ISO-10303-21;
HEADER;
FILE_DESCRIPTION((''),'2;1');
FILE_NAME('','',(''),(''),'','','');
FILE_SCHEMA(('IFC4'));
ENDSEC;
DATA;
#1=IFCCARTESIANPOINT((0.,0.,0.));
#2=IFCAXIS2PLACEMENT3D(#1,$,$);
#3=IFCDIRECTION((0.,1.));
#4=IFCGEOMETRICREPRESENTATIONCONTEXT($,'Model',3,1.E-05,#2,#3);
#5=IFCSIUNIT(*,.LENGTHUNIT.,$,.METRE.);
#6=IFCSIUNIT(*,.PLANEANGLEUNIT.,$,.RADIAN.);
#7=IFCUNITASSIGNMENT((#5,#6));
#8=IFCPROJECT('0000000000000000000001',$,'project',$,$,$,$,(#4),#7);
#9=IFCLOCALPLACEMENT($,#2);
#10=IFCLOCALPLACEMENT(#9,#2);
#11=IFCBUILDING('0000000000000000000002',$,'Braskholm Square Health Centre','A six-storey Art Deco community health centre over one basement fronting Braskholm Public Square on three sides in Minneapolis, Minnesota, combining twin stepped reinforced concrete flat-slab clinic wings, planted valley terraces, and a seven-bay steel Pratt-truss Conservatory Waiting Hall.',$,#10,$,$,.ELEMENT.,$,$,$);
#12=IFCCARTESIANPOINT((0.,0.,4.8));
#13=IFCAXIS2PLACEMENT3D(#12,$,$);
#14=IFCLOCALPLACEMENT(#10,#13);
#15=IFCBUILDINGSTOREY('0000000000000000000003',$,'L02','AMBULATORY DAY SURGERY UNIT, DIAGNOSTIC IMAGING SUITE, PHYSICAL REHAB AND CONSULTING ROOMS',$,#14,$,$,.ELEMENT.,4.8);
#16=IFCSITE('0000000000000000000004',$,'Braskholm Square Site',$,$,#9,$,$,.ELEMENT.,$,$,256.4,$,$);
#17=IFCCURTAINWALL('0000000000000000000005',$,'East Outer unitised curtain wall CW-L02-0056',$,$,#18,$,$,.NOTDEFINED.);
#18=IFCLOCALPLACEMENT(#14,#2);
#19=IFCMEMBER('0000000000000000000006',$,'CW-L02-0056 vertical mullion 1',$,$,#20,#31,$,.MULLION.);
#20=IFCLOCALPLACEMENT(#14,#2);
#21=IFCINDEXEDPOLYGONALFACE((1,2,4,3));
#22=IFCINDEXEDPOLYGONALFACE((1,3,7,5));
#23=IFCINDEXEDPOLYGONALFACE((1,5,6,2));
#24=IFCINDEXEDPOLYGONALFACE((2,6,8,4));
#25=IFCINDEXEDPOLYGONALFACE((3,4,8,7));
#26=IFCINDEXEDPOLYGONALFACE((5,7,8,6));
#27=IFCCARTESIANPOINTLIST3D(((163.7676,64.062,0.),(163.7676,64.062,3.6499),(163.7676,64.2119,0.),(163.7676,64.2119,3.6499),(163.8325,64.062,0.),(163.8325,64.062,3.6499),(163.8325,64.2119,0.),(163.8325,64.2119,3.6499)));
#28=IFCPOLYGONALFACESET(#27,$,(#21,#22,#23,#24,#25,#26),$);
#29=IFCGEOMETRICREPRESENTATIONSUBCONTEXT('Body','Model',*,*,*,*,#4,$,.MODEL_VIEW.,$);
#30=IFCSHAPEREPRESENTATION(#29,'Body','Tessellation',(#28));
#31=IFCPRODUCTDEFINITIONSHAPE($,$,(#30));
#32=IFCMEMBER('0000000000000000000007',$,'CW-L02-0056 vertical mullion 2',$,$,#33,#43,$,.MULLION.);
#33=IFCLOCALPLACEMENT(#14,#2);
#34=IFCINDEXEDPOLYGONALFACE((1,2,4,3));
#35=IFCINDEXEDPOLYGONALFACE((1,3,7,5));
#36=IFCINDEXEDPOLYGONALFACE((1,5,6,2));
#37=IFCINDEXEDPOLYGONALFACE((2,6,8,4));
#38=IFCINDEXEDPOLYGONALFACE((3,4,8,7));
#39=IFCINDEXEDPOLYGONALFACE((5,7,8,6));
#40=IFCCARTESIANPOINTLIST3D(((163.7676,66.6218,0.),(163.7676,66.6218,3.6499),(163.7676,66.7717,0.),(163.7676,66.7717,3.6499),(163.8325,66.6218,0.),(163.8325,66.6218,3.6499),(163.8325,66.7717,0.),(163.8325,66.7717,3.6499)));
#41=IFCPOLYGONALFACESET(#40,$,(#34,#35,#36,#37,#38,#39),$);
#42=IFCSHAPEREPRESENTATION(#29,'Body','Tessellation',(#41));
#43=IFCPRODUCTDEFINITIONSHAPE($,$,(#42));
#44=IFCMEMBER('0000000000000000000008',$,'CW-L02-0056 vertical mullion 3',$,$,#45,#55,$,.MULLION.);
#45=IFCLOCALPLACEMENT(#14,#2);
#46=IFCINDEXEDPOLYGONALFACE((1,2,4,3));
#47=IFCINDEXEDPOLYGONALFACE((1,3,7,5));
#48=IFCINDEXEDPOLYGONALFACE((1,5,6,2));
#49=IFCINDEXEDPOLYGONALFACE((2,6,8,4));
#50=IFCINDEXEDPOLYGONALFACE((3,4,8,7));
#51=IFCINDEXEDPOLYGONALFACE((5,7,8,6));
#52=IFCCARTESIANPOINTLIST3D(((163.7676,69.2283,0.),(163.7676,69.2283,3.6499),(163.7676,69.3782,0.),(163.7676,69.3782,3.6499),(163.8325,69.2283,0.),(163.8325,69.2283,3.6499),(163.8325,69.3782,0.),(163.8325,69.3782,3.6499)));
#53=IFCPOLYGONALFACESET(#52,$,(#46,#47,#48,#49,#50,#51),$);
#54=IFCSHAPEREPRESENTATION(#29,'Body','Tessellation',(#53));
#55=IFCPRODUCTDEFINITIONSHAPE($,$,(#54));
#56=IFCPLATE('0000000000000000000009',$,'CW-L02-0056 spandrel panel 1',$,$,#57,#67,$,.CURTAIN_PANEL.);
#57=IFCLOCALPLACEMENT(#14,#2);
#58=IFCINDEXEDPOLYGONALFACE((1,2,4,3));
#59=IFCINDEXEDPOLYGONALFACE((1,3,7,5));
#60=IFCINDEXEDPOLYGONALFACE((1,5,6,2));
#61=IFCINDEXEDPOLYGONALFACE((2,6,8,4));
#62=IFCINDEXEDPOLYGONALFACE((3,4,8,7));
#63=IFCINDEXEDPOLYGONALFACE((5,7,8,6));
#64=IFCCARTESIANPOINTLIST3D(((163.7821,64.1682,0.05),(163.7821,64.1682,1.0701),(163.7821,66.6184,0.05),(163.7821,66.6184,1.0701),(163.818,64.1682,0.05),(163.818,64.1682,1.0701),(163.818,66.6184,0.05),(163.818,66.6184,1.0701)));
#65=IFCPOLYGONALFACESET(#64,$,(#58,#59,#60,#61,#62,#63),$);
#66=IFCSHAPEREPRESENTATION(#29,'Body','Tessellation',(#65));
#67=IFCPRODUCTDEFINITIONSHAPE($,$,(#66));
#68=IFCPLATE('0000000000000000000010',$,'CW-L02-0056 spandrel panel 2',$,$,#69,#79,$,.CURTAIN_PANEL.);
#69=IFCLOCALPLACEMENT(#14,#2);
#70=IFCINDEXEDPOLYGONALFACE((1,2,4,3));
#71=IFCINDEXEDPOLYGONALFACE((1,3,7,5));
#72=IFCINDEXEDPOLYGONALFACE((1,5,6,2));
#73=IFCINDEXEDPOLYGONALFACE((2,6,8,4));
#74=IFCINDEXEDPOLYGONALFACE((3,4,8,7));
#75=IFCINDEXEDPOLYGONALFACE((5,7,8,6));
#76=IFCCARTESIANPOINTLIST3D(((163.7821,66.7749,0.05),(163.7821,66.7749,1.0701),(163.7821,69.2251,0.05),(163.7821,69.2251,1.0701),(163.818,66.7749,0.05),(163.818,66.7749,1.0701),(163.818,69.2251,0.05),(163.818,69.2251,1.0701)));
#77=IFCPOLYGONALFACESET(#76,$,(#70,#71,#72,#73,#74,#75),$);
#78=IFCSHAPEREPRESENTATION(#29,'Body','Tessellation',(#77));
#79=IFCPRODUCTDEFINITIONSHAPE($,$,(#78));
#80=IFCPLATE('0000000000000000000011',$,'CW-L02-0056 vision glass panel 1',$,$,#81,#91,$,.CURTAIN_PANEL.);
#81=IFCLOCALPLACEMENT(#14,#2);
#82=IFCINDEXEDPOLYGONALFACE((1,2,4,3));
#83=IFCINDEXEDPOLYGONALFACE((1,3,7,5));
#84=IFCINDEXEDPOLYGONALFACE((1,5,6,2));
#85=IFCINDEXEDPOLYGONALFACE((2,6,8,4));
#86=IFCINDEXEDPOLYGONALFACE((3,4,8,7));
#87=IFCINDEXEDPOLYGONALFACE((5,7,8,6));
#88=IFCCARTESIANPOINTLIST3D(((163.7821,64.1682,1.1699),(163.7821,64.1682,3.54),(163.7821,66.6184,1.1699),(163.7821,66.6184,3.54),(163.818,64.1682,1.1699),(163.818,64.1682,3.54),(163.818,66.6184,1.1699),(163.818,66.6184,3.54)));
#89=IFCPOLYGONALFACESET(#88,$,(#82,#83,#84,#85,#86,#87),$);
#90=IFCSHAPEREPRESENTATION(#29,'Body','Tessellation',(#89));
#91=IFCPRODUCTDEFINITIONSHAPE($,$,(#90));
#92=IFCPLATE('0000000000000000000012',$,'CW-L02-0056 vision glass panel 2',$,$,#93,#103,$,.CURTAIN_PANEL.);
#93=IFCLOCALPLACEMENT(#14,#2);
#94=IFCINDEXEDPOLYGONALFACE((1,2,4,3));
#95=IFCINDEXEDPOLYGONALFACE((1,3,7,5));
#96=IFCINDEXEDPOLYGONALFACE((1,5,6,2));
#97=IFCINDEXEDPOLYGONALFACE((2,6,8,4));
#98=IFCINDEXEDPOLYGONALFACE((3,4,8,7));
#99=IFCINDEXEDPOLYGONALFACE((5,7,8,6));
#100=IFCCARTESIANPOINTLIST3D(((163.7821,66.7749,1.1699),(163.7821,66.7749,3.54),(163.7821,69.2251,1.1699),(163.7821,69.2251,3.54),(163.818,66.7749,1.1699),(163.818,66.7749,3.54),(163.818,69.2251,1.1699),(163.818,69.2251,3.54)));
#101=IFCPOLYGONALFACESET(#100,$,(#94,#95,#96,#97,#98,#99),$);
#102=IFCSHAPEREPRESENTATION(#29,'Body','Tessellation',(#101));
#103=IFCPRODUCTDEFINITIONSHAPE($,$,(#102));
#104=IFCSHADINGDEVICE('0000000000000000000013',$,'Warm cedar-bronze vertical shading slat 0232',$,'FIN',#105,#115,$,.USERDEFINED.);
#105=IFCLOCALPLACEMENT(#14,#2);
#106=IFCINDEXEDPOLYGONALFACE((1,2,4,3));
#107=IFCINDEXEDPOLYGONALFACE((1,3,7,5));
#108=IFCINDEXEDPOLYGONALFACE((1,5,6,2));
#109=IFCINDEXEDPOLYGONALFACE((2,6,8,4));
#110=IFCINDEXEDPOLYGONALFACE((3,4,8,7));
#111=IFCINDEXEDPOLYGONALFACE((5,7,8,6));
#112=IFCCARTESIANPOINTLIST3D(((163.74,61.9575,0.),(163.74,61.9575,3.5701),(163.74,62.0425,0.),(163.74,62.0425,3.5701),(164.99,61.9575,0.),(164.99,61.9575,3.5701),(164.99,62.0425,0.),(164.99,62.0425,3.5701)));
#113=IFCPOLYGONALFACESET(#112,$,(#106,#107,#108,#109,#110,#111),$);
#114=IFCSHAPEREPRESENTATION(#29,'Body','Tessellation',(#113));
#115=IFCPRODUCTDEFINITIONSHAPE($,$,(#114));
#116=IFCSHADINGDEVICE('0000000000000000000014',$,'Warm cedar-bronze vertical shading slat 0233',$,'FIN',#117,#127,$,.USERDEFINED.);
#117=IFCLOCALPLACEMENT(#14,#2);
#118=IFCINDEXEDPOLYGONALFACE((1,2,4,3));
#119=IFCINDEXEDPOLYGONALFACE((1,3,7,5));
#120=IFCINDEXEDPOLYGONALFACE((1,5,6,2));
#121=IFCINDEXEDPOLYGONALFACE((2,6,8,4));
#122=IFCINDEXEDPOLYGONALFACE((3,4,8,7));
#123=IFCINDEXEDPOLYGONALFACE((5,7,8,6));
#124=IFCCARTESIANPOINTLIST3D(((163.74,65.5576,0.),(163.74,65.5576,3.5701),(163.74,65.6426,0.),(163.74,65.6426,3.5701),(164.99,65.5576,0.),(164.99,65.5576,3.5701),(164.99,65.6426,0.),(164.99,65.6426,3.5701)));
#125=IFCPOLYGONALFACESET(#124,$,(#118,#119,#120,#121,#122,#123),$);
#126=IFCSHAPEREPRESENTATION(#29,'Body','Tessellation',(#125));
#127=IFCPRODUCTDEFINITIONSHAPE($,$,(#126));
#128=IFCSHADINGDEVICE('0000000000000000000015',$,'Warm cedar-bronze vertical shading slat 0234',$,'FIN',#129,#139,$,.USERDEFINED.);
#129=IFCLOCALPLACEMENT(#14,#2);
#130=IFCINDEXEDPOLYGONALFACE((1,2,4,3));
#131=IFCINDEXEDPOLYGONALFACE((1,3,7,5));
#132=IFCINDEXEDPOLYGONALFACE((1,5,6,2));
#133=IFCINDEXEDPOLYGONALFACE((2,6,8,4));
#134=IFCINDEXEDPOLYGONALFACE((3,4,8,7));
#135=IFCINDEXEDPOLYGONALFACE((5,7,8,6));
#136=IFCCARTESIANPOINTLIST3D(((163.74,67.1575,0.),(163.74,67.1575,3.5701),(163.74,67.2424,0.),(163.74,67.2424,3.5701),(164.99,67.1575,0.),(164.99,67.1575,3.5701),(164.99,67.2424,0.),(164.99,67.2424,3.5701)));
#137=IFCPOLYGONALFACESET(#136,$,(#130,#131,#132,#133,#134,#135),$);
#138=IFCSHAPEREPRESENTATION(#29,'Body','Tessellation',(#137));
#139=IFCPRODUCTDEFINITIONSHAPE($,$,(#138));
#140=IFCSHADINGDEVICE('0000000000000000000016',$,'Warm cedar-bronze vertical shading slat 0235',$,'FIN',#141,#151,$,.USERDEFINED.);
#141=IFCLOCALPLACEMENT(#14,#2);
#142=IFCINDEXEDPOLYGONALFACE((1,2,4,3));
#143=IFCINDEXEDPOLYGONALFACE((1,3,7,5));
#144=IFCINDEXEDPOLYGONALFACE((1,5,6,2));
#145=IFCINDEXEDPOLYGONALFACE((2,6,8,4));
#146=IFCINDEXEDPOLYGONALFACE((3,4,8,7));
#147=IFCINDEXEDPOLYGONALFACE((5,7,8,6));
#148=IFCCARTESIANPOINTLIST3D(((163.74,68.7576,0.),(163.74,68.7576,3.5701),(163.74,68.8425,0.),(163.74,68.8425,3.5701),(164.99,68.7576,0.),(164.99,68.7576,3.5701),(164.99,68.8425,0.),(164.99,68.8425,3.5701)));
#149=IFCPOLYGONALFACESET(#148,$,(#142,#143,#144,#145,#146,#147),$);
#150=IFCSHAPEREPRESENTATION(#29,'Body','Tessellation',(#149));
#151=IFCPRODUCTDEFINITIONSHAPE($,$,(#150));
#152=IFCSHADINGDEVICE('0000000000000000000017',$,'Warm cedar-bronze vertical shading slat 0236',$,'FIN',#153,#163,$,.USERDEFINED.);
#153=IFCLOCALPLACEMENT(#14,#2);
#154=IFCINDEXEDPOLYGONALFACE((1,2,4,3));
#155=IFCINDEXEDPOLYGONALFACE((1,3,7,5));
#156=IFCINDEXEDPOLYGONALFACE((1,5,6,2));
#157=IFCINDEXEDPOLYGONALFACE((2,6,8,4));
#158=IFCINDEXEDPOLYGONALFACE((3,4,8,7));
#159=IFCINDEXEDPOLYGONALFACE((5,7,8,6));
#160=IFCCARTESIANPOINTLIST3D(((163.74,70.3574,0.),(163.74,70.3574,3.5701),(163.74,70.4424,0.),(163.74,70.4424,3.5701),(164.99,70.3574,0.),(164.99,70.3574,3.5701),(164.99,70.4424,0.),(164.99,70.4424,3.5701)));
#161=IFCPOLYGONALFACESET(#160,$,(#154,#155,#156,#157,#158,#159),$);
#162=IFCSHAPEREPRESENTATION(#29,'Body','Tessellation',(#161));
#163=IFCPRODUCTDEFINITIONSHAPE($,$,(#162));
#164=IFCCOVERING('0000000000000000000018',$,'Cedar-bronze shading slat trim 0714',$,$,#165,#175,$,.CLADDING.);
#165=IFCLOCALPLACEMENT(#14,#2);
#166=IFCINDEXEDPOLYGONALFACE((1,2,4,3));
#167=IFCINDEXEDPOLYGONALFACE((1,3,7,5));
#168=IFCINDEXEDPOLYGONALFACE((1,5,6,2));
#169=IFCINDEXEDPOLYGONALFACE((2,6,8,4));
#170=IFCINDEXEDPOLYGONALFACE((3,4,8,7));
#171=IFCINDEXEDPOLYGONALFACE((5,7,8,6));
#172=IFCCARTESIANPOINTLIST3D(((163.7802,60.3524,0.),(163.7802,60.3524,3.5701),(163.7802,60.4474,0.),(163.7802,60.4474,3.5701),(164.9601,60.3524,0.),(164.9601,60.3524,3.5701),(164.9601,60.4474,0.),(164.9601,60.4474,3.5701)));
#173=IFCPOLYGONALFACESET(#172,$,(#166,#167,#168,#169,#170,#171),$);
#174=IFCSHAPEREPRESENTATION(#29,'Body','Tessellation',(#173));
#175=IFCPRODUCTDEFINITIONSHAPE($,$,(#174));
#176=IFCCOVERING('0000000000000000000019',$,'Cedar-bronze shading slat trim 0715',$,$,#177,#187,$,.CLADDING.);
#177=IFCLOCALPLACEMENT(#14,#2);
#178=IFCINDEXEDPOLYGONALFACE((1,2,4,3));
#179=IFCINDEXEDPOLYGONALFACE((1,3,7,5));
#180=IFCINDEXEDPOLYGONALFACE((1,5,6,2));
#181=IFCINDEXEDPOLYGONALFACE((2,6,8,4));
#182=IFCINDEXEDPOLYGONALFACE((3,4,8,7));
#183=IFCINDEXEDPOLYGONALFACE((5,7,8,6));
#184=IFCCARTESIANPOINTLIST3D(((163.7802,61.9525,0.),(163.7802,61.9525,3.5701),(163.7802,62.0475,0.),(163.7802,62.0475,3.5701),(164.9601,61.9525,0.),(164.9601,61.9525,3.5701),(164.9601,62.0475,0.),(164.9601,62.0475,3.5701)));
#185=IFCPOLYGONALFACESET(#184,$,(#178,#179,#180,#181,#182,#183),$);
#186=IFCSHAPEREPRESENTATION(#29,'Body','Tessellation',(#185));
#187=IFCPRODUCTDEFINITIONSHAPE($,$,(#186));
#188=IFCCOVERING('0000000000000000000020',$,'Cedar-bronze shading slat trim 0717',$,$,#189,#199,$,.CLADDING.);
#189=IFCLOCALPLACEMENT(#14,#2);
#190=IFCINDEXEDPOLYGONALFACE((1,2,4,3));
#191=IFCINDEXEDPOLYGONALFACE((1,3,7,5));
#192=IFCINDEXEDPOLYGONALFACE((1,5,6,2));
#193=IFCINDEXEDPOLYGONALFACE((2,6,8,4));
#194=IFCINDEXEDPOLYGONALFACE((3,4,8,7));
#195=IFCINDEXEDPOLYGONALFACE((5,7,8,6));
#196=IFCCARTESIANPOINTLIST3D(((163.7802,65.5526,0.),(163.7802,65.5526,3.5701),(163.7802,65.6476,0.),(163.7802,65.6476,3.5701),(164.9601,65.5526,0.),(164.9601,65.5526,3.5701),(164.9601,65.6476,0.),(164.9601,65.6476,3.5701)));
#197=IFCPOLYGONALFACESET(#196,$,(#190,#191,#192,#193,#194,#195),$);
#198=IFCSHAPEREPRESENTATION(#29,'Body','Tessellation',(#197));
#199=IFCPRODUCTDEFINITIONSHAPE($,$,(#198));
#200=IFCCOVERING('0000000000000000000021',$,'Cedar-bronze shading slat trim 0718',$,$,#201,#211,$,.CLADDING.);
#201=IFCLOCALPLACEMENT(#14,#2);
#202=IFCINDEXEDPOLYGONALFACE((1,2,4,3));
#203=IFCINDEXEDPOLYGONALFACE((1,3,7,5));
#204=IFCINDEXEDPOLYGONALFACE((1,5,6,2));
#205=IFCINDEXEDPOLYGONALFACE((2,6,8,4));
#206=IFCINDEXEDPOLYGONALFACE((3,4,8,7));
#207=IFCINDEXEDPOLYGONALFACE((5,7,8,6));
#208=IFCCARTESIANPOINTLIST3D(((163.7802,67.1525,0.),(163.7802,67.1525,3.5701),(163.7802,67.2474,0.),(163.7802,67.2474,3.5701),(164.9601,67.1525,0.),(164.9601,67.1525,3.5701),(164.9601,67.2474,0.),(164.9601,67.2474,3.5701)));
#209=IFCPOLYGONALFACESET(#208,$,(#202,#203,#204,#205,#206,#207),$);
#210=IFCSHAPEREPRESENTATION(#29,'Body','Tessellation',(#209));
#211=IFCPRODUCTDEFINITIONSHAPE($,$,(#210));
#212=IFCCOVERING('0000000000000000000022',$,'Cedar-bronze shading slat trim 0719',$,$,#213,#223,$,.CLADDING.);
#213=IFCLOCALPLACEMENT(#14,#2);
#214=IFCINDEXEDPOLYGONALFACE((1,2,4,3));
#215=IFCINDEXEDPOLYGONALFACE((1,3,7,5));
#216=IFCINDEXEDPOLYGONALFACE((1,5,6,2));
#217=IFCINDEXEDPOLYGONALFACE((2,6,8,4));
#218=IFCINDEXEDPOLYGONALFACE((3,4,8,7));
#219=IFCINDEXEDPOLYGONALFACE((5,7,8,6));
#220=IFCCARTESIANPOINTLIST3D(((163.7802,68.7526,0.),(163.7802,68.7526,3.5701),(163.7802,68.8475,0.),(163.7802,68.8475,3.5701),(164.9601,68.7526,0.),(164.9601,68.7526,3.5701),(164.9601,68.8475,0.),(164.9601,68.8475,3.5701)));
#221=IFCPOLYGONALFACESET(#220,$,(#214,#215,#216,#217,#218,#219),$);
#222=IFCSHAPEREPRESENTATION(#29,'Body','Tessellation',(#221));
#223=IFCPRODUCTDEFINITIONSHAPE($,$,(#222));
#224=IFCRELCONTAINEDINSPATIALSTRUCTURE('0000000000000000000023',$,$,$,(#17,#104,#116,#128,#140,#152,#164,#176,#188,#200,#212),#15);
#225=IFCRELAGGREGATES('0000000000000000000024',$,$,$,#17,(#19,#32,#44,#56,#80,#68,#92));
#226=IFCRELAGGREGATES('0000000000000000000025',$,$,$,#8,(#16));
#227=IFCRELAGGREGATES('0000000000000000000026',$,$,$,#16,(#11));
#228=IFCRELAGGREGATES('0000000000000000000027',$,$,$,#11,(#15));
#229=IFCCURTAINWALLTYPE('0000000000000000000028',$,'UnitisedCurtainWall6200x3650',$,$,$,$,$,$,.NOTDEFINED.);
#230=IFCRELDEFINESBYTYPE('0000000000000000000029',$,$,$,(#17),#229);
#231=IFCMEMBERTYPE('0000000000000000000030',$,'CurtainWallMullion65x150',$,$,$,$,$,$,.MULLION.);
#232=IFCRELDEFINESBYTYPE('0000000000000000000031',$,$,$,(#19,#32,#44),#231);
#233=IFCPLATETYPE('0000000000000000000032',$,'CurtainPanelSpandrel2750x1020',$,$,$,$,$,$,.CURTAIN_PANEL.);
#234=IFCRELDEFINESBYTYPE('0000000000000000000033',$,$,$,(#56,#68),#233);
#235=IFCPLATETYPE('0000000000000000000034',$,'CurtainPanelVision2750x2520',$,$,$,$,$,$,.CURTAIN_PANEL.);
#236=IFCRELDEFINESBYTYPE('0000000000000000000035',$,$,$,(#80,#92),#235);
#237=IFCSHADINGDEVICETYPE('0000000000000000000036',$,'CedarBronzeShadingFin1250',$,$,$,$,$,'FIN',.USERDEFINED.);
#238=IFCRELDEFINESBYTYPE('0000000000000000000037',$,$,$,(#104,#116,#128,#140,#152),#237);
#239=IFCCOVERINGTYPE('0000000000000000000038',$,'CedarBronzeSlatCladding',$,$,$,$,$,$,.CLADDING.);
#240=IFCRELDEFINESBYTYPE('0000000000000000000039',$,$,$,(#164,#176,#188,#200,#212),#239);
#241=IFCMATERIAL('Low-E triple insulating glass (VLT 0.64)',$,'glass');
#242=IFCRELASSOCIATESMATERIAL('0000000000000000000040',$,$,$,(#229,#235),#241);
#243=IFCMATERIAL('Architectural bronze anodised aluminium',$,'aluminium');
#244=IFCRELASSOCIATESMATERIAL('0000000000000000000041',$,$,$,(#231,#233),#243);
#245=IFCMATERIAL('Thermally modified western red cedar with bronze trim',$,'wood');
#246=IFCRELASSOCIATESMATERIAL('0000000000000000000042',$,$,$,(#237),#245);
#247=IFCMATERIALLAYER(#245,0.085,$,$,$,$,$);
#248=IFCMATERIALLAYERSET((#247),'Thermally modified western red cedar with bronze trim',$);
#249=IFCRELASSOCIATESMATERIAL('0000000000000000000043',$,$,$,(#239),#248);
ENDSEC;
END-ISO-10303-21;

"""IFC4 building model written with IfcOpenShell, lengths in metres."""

from ifc_helpers import new_model, si_unit, direction, frame, origin, origin_2d, place, context, subcontext, project, spatial, rectangle, extrude, material, layer, layer_set, material_profile, profile_set, type_object, element, aggregate, save


model = new_model("IFC4")

# Units and contexts
model_context = context("Model", 3, precision=1e-05, world=origin(), true_north=direction((0.0, 1.0)))
body_context = subcontext(model_context, "Body", "Model", "MODEL_VIEW")
ifc_project = project(units=[si_unit("LENGTHUNIT", "METRE"), si_unit("PLANEANGLEUNIT", "RADIAN")], contexts=[model_context])

# Site, building, storey
site_placement = place(None, origin())
site = spatial("IfcSite", under=ifc_project, at=site_placement, Name="Braskholm Square Site", CompositionType="ELEMENT", RefElevation=256.4)
building_placement = place(site_placement, origin())
building = spatial("IfcBuilding", under=site, at=building_placement, Name="Braskholm Square Health Centre", Description="A six-storey Art Deco community health centre over one basement fronting Braskholm Public Square on three sides in Minneapolis, Minnesota, combining twin stepped reinforced concrete flat-slab clinic wings, planted valley terraces, and a seven-bay steel Pratt-truss Conservatory Waiting Hall.", CompositionType="ELEMENT")
storey_placement = place(building_placement, frame((0.0, 0.0, 4.8)))
storey = spatial("IfcBuildingStorey", under=building, at=storey_placement, Name="L02", Description="AMBULATORY DAY SURGERY UNIT, DIAGNOSTIC IMAGING SUITE, PHYSICAL REHAB AND CONSULTING ROOMS", CompositionType="ELEMENT", Elevation=4.8)

# Curtain wall, members, plates
ifc_material_1 = material(Name="Low-E triple insulating glass (VLT 0.64)", Category="glass")
curtain_wall_type = type_object("IfcCurtainWallType", Name="UnitisedCurtainWall6200x3650", PredefinedType="NOTDEFINED", material=ifc_material_1)
curtain_wall_placement = place(storey_placement, origin())
curtain_wall = element("IfcCurtainWall", 1, at=curtain_wall_placement, inside=storey, type_object=curtain_wall_type, Name="East Outer unitised curtain wall CW-L02-0056", PredefinedType="NOTDEFINED")
ifc_material_2 = material(Name="Architectural bronze anodised aluminium", Category="aluminium")
ifc_material_profile = material_profile(ifc_material_2, rectangle(XDim=0.0649, YDim=0.1499, at=origin_2d()), Name="ALU-65X150")
ifc_profile_set = profile_set([ifc_material_profile], Name="Architectural bronze anodised aluminium")
member_type = type_object("IfcMemberType", Name="CurtainWallMullion65x150", PredefinedType="MULLION", material=ifc_profile_set)
member_1_placement = place(storey_placement, frame((163.8, 64.137, 0.0), z_axis=(0.0, 0.0, 1.0), x_axis=(1.0, 0.0, 0.0)))
member_1 = element("IfcMember", 2, at=member_1_placement, type_object=member_type, Name="CW-L02-0056 vertical mullion 1", PredefinedType="MULLION", context=body_context, shape_type="SweptSolid", body=[
    extrude(rectangle(XDim=0.0649, YDim=0.1499, at=origin_2d()), origin(), (0.0, 0.0, 1.0), 3.6499),
])
member_2_placement = place(storey_placement, frame((163.8, 66.6968, 0.0), z_axis=(0.0, 0.0, 1.0), x_axis=(1.0, 0.0, 0.0)))
member_2 = element("IfcMember", 3, at=member_2_placement, type_object=member_type, Name="CW-L02-0056 vertical mullion 2", PredefinedType="MULLION", context=body_context, shape_type="SweptSolid", body=[
    extrude(rectangle(XDim=0.0649, YDim=0.1499, at=origin_2d()), origin(), (0.0, 0.0, 1.0), 3.6499),
])
member_3_placement = place(storey_placement, frame((163.8, 69.3032, 0.0), z_axis=(0.0, 0.0, 1.0), x_axis=(1.0, 0.0, 0.0)))
member_3 = element("IfcMember", 4, at=member_3_placement, type_object=member_type, Name="CW-L02-0056 vertical mullion 3", PredefinedType="MULLION", context=body_context, shape_type="SweptSolid", body=[
    extrude(rectangle(XDim=0.0649, YDim=0.1499, at=origin_2d()), origin(), (0.0, 0.0, 1.0), 3.6499),
])
plate_type_1 = type_object("IfcPlateType", Name="CurtainPanelSpandrel2750x1020", PredefinedType="CURTAIN_PANEL", material=ifc_material_2)
plate_1_placement = place(storey_placement, frame((163.8, 65.3933, 0.05), z_axis=(0.0, 0.0, 1.0), x_axis=(0.0, 1.0, 0.0)))
plate_1 = element("IfcPlate", 5, at=plate_1_placement, type_object=plate_type_1, Name="CW-L02-0056 spandrel panel 1", PredefinedType="CURTAIN_PANEL", context=body_context, shape_type="SweptSolid", body=[
    extrude(rectangle(XDim=2.4502, YDim=0.0359, at=origin_2d()), origin(), (0.0, 0.0, 1.0), 1.02),
])
plate_2_placement = place(storey_placement, frame((163.8, 68.0, 0.05), z_axis=(0.0, 0.0, 1.0), x_axis=(0.0, 1.0, 0.0)))
plate_2 = element("IfcPlate", 6, at=plate_2_placement, type_object=plate_type_1, Name="CW-L02-0056 spandrel panel 2", PredefinedType="CURTAIN_PANEL", context=body_context, shape_type="SweptSolid", body=[
    extrude(rectangle(XDim=2.4502, YDim=0.0359, at=origin_2d()), origin(), (0.0, 0.0, 1.0), 1.02),
])
plate_type_2 = type_object("IfcPlateType", Name="CurtainPanelVision2750x2520", PredefinedType="CURTAIN_PANEL", material=ifc_material_1)
plate_3_placement = place(storey_placement, frame((163.8, 65.3933, 1.1699), z_axis=(0.0, 0.0, 1.0), x_axis=(0.0, 1.0, 0.0)))
plate_3 = element("IfcPlate", 7, at=plate_3_placement, type_object=plate_type_2, Name="CW-L02-0056 vision glass panel 1", PredefinedType="CURTAIN_PANEL", context=body_context, shape_type="SweptSolid", body=[
    extrude(rectangle(XDim=2.4502, YDim=0.0359, at=origin_2d()), origin(), (0.0, 0.0, 1.0), 2.3701),
])
plate_4_placement = place(storey_placement, frame((163.8, 68.0, 1.1699), z_axis=(0.0, 0.0, 1.0), x_axis=(0.0, 1.0, 0.0)))
plate_4 = element("IfcPlate", 8, at=plate_4_placement, type_object=plate_type_2, Name="CW-L02-0056 vision glass panel 2", PredefinedType="CURTAIN_PANEL", context=body_context, shape_type="SweptSolid", body=[
    extrude(rectangle(XDim=2.4502, YDim=0.0359, at=origin_2d()), origin(), (0.0, 0.0, 1.0), 2.3701),
])
aggregate(curtain_wall, [member_1, member_2, member_3, plate_1, plate_3, plate_2, plate_4])

# Shading devices
ifc_material_3 = material(Name="Thermally modified western red cedar with bronze trim", Category="wood")
shading_device_type = type_object("IfcShadingDeviceType", Name="CedarBronzeShadingFin1250", ElementType="FIN", PredefinedType="USERDEFINED", material=ifc_material_3)
for number, where, z_axis, x_axis, name in (
    (9, (164.365, 62.0, 0.0), (0.0, 0.0, 1.0), (1.0, 0.0, 0.0), "Warm cedar-bronze vertical shading slat 0232"),
    (10, (164.365, 65.6001, 0.0), (0.0, 0.0, 1.0), (1.0, 0.0, 0.0), "Warm cedar-bronze vertical shading slat 0233"),
    (11, (164.365, 67.2, 0.0), (0.0, 0.0, 1.0), (1.0, 0.0, 0.0), "Warm cedar-bronze vertical shading slat 0234"),
    (12, (164.365, 68.8, 0.0), (0.0, 0.0, 1.0), (1.0, 0.0, 0.0), "Warm cedar-bronze vertical shading slat 0235"),
    (13, (164.365, 70.3999, 0.0), (0.0, 0.0, 1.0), (1.0, 0.0, 0.0), "Warm cedar-bronze vertical shading slat 0236"),
):
    element("IfcShadingDevice", number, at=place(storey_placement, frame(where, z_axis=z_axis, x_axis=x_axis)), inside=storey, type_object=shading_device_type, Name=name, ObjectType="FIN", PredefinedType="USERDEFINED", context=body_context, shape_type="SweptSolid", body=[
        extrude(rectangle(XDim=1.25, YDim=0.085, at=origin_2d()), origin(), (0.0, 0.0, 1.0), 3.5701),
    ])

# Coverings
ifc_layer_1 = layer(ifc_material_3, 0.085)
ifc_layer_set_1 = layer_set([ifc_layer_1], Name="Thermally modified western red cedar with bronze trim")
covering_type_1 = type_object("IfcCoveringType", Name="CedarBronzeSlatCladding", PredefinedType="CLADDING", material=ifc_layer_set_1)
for number, where, z_axis, x_axis, name in (
    (14, (164.3701, 60.3999, 0.0), (0.0, 0.0, 1.0), (1.0, 0.0, 0.0), "Cedar-bronze shading slat trim 0714"),
    (15, (164.3701, 62.0, 0.0), (0.0, 0.0, 1.0), (1.0, 0.0, 0.0), "Cedar-bronze shading slat trim 0715"),
    (16, (164.3701, 65.6001, 0.0), (0.0, 0.0, 1.0), (1.0, 0.0, 0.0), "Cedar-bronze shading slat trim 0717"),
    (17, (164.3701, 67.2, 0.0), (0.0, 0.0, 1.0), (1.0, 0.0, 0.0), "Cedar-bronze shading slat trim 0718"),
    (18, (164.3701, 68.8, 0.0), (0.0, 0.0, 1.0), (1.0, 0.0, 0.0), "Cedar-bronze shading slat trim 0719"),
):
    element("IfcCovering", number, at=place(storey_placement, frame(where, z_axis=z_axis, x_axis=x_axis)), inside=storey, type_object=covering_type_1, Name=name, PredefinedType="CLADDING", context=body_context, shape_type="SweptSolid", body=[
        extrude(rectangle(XDim=1.1799, YDim=0.095, at=origin_2d()), origin(), (0.0, 0.0, 1.0), 3.5701),
    ])

save(model, "model.ifc")
